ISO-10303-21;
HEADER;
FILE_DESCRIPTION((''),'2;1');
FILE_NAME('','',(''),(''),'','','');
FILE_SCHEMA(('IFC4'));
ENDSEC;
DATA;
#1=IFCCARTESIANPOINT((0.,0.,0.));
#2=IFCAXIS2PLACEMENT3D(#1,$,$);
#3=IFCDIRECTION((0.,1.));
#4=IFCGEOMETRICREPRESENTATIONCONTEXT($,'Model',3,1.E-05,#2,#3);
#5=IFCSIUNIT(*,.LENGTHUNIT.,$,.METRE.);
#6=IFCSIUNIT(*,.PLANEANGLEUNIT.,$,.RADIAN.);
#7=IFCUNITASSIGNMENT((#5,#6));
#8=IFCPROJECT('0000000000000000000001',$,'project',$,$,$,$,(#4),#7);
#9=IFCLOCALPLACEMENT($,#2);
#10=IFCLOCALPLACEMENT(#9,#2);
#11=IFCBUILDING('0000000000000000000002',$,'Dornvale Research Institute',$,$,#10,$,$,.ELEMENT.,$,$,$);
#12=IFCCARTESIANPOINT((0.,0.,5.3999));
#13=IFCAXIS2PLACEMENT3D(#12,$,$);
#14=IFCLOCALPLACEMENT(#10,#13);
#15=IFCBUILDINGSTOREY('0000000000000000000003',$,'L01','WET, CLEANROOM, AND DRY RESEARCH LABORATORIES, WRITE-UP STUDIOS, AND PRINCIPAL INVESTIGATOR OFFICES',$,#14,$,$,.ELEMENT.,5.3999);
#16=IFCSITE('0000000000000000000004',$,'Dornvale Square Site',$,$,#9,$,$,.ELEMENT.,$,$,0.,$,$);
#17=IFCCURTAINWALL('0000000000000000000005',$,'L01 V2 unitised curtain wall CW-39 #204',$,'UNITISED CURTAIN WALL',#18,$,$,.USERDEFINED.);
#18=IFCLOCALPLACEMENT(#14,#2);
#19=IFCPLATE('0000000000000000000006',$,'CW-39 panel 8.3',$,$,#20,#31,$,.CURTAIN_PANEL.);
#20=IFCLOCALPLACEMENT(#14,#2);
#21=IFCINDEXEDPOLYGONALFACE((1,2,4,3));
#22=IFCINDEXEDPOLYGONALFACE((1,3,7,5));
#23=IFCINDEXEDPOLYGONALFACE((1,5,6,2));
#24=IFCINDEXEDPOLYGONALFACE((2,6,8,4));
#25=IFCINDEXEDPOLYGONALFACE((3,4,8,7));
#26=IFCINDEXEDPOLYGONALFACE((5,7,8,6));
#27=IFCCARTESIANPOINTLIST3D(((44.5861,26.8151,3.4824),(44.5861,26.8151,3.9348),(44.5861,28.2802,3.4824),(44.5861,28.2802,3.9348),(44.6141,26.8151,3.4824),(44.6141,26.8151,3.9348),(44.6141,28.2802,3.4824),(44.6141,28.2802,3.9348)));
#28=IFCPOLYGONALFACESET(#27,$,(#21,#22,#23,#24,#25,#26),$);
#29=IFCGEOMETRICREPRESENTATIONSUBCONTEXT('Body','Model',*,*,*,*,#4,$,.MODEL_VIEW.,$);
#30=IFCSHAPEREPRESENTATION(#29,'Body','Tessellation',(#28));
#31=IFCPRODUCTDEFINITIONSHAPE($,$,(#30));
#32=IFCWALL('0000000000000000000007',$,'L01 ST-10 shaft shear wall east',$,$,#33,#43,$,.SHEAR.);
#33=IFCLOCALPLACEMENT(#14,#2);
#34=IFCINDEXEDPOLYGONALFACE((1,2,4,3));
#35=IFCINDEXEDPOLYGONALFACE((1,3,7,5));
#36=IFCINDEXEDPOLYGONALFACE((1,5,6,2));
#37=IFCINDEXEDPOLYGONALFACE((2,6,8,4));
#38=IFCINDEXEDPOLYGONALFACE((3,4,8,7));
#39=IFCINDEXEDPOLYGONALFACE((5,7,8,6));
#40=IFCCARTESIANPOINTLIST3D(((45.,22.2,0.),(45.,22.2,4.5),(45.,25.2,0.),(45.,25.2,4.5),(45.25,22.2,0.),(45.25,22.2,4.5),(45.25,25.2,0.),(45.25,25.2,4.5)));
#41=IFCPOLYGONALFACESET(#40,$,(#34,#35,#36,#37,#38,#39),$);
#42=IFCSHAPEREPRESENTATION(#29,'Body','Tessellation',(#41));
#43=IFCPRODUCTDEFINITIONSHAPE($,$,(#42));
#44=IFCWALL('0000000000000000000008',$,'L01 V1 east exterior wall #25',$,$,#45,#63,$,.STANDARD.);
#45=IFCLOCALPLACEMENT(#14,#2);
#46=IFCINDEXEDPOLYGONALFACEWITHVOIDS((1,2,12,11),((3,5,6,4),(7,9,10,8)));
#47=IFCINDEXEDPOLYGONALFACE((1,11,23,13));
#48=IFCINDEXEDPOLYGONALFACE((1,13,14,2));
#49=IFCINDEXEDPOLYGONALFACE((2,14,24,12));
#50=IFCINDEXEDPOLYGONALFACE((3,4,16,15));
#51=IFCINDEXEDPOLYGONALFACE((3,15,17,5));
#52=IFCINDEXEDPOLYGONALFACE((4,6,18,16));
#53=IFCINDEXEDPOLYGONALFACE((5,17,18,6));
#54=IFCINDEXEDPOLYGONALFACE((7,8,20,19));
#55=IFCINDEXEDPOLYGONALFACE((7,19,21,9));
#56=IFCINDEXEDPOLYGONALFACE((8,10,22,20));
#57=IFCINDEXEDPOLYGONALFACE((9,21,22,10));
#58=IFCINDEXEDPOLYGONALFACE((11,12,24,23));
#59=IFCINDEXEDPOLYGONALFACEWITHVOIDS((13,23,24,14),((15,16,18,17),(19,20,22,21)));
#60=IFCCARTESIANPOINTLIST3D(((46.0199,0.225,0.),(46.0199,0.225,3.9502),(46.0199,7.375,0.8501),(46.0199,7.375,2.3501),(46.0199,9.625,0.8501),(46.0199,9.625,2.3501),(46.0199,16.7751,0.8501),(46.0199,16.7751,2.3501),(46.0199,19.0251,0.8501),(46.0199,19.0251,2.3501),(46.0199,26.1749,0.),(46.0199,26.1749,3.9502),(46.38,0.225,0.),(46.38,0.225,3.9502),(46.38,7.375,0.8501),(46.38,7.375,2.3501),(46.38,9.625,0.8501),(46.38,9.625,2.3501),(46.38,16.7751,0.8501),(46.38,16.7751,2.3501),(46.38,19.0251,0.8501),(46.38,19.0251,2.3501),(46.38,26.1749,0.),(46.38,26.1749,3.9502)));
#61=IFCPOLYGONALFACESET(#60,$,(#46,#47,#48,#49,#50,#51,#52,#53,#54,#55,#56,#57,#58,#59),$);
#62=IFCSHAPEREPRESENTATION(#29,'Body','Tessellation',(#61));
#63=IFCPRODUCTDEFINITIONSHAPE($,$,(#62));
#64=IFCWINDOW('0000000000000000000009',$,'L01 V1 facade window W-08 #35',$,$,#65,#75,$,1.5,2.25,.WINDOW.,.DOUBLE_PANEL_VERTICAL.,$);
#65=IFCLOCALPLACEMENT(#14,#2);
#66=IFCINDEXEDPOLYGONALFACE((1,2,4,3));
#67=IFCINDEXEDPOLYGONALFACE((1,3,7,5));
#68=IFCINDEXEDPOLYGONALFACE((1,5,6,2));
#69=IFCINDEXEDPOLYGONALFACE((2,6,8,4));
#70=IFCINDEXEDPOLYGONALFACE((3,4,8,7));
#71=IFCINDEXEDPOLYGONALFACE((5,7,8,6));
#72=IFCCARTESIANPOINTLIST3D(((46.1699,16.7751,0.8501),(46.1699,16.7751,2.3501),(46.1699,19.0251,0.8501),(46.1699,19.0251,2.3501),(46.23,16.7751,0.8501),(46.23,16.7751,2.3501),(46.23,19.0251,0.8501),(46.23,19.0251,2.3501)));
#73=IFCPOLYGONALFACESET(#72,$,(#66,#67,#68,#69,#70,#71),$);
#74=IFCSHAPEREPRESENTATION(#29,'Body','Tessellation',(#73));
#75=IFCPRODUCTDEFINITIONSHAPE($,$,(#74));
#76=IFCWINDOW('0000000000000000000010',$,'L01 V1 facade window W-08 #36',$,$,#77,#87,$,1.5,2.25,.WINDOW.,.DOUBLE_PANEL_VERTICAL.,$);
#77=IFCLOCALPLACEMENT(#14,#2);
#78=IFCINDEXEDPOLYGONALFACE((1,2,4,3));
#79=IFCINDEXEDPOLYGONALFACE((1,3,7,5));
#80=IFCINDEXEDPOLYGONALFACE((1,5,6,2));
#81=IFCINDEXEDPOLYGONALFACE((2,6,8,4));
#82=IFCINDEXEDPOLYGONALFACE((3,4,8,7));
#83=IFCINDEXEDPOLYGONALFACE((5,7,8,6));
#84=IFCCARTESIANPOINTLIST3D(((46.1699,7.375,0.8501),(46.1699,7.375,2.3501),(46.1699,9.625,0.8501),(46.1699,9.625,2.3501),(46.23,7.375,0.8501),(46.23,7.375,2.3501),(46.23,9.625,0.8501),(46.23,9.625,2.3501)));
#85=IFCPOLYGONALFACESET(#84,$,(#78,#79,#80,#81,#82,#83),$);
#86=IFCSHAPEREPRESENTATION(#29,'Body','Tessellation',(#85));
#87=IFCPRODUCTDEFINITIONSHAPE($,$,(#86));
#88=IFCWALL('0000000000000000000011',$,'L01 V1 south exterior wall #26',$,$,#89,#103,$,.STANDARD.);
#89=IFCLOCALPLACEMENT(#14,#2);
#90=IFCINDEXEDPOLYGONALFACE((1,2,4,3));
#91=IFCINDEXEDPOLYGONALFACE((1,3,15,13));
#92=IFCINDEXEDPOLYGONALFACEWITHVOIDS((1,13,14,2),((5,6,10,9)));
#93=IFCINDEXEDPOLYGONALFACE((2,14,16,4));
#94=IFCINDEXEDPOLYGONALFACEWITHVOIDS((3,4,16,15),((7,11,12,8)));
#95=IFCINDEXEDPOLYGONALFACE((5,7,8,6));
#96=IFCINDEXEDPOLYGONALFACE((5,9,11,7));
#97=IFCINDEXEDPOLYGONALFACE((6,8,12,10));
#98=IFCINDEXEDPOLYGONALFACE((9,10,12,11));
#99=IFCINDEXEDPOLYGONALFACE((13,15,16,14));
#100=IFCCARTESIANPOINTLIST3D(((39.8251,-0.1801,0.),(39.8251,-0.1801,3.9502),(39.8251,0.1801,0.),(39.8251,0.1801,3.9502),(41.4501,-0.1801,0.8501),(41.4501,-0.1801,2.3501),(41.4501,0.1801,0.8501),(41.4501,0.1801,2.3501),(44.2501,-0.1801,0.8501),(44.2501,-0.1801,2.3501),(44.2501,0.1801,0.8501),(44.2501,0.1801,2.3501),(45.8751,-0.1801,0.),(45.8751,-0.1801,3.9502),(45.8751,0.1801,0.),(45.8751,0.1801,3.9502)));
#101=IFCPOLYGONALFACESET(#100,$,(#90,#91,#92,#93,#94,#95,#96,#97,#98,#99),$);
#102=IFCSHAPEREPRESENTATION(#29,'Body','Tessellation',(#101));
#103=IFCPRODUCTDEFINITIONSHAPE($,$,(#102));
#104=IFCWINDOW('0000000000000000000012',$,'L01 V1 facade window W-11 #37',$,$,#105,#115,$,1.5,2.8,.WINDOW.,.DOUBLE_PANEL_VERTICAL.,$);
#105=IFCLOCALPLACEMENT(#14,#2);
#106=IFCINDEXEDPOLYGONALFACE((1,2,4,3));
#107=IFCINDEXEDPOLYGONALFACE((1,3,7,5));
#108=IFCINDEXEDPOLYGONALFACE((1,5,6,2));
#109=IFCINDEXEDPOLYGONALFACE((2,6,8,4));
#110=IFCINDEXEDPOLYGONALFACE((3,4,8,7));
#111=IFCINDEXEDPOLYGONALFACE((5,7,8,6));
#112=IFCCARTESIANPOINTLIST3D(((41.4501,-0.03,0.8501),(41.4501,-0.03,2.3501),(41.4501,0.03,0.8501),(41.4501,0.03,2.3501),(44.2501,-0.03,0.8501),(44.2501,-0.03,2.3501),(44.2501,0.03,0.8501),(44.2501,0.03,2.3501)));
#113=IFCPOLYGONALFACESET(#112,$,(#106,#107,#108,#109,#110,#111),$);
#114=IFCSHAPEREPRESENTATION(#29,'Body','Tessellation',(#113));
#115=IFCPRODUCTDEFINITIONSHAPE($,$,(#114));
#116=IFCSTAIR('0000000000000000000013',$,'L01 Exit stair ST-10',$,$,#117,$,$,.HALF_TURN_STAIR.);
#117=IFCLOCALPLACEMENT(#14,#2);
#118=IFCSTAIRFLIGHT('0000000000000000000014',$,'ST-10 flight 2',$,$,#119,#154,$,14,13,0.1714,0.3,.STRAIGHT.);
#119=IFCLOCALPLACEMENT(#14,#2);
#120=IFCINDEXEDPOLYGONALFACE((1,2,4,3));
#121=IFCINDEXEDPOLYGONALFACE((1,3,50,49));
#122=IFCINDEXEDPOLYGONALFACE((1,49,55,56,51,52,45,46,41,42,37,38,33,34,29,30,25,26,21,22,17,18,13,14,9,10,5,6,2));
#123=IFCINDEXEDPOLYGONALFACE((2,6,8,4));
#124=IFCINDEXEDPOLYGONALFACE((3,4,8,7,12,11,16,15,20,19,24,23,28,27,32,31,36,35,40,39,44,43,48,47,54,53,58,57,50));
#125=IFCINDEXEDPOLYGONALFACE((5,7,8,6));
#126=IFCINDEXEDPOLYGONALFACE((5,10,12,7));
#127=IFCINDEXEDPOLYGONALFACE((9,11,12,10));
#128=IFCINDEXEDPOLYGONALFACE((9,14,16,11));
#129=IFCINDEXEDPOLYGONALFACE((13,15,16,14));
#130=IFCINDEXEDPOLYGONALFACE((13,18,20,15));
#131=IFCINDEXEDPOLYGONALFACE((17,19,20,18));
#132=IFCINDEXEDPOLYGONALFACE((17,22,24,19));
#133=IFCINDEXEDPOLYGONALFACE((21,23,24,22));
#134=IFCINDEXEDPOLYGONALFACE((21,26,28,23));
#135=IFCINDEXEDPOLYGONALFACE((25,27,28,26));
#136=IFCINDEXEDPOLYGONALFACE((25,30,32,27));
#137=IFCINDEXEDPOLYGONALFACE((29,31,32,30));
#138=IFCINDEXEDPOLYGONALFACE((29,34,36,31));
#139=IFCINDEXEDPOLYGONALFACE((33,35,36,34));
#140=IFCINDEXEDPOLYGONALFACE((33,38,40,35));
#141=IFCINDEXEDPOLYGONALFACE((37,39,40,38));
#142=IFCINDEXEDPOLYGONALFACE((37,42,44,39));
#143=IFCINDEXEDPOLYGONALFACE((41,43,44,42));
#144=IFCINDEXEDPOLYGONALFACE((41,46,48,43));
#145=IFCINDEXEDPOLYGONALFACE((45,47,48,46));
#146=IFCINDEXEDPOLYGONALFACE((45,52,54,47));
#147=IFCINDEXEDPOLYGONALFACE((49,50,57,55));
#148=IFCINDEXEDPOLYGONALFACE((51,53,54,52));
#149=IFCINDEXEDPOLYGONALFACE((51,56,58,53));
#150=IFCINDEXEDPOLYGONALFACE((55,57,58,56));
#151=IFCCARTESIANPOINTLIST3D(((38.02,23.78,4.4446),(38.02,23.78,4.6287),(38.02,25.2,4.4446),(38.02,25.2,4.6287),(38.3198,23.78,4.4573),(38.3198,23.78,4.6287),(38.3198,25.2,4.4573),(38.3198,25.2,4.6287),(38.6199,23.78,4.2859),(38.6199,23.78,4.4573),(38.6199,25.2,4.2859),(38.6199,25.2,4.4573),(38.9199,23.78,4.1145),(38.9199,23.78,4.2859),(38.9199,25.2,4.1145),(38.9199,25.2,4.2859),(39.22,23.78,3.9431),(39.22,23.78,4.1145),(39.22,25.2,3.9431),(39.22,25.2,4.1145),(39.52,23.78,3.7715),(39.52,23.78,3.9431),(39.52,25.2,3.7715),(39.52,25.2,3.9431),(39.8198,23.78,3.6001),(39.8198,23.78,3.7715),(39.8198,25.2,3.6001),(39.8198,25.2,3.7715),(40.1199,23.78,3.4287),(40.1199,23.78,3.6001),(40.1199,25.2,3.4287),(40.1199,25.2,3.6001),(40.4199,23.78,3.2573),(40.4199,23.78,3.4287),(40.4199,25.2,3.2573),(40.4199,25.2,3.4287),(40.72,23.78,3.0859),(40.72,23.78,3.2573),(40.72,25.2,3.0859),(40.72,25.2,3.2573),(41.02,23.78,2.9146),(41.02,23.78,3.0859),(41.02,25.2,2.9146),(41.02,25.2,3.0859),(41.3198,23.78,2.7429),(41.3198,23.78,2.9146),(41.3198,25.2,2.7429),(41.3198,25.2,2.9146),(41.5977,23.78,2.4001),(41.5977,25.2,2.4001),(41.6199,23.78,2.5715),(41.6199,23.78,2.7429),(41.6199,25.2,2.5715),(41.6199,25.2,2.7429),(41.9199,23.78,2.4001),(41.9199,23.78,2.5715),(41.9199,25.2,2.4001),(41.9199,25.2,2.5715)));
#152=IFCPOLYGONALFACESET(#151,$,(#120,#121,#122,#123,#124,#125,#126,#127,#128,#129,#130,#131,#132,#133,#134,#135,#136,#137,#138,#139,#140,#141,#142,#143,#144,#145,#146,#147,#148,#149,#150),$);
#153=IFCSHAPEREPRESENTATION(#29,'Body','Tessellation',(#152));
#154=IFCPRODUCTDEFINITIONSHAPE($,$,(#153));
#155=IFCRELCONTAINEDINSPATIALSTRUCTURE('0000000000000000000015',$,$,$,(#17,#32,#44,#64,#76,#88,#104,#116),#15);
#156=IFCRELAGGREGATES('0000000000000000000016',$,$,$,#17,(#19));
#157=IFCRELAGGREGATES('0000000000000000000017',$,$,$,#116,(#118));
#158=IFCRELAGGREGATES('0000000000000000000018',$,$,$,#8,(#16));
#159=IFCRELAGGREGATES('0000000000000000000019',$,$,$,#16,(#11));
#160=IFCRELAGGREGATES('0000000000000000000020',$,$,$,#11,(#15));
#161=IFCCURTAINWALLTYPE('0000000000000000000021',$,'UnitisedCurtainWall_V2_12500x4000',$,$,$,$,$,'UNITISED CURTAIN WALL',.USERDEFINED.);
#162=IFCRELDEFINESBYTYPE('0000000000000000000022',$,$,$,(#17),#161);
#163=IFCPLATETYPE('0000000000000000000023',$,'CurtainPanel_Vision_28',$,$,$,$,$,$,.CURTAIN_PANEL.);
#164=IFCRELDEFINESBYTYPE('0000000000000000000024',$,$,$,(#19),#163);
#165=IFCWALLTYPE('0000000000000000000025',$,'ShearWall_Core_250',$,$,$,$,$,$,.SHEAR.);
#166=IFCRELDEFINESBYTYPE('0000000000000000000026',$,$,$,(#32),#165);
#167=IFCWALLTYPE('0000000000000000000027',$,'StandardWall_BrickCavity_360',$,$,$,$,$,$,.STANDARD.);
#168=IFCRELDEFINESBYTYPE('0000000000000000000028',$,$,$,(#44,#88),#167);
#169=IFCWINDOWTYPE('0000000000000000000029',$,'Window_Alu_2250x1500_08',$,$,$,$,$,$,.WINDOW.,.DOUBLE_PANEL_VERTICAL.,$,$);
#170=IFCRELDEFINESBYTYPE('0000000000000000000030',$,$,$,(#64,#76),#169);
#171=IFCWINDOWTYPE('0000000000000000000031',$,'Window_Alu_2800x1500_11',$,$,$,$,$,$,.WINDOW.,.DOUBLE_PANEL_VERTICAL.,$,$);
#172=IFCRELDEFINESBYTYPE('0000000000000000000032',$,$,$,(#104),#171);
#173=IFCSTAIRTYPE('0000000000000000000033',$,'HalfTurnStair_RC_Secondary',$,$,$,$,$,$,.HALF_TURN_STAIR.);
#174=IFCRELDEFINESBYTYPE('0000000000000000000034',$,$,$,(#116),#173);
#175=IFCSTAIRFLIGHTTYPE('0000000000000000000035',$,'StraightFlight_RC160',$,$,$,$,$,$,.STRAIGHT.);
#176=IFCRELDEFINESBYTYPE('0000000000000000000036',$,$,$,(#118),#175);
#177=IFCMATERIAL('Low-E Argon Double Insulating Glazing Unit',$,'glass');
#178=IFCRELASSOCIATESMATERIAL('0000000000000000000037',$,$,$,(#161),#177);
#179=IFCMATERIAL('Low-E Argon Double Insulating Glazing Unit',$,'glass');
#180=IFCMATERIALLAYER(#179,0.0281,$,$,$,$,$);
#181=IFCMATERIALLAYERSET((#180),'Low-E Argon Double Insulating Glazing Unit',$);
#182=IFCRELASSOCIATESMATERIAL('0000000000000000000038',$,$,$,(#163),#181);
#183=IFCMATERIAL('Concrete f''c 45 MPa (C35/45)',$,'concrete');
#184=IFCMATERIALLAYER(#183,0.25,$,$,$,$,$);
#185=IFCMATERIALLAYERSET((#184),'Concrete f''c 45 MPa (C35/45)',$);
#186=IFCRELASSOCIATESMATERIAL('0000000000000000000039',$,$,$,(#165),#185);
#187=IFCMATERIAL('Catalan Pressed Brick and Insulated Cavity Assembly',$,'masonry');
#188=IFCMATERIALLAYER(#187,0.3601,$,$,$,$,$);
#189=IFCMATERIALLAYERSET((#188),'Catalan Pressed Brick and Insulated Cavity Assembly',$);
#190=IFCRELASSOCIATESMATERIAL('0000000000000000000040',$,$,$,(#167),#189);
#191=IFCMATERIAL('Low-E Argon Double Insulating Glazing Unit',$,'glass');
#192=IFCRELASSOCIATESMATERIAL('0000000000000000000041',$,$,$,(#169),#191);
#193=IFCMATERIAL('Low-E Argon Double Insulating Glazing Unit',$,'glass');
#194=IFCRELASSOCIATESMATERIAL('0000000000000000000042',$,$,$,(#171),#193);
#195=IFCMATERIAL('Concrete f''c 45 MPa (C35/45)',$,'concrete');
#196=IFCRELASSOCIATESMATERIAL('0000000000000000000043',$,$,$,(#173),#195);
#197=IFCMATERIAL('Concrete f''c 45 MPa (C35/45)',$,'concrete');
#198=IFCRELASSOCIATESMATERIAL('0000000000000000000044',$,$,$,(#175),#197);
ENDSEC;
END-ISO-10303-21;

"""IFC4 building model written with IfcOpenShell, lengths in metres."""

from ifc_helpers import new_model, si_unit, direction, frame, frame_2d, origin, origin_2d, place, context, subcontext, project, spatial, polyline, rectangle, outline, extrude, material, layer, layer_set, type_object, element, fill, aggregate, save


model = new_model("IFC4")

# Units and contexts
model_context = context("Model", 3, precision=1e-05, world=origin(), true_north=direction((0.0, 1.0)))
body_context = subcontext(model_context, "Body", "Model", "MODEL_VIEW")
ifc_project = project(units=[si_unit("LENGTHUNIT", "METRE"), si_unit("PLANEANGLEUNIT", "RADIAN")], contexts=[model_context])

# Site, building, storey
site_placement = place(None, origin())
site = spatial("IfcSite", under=ifc_project, at=site_placement, Name="Dornvale Square Site", CompositionType="ELEMENT", RefElevation=0.0)
building_placement = place(site_placement, origin())
building = spatial("IfcBuilding", under=site, at=building_placement, Name="Dornvale Research Institute", CompositionType="ELEMENT")
storey_placement = place(building_placement, frame((0.0, 0.0, 5.3999)))
storey = spatial("IfcBuildingStorey", under=building, at=storey_placement, Name="L01", Description="WET, CLEANROOM, AND DRY RESEARCH LABORATORIES, WRITE-UP STUDIOS, AND PRINCIPAL INVESTIGATOR OFFICES", CompositionType="ELEMENT", Elevation=5.3999)

# Curtain wall
ifc_material_1 = material(Name="Low-E Argon Double Insulating Glazing Unit", Category="glass")
curtain_wall_type = type_object("IfcCurtainWallType", Name="UnitisedCurtainWall_V2_12500x4000", ElementType="UNITISED CURTAIN WALL", PredefinedType="USERDEFINED", material=ifc_material_1)
curtain_wall_placement = place(storey_placement, origin())
curtain_wall = element("IfcCurtainWall", 1, at=curtain_wall_placement, inside=storey, type_object=curtain_wall_type, Name="L01 V2 unitised curtain wall CW-39 #204", ObjectType="UNITISED CURTAIN WALL", PredefinedType="USERDEFINED")

# Plate
ifc_material_2 = material(Name="Low-E Argon Double Insulating Glazing Unit", Category="glass")
ifc_layer_1 = layer(ifc_material_2, 0.0281)
ifc_layer_set_1 = layer_set([ifc_layer_1], Name="Low-E Argon Double Insulating Glazing Unit")
plate_type_1 = type_object("IfcPlateType", Name="CurtainPanel_Vision_28", PredefinedType="CURTAIN_PANEL", material=ifc_layer_set_1)
plate_1_placement = place(storey_placement, frame((44.6001, 27.5476, 3.4824), z_axis=(0.0, 0.0, 1.0), x_axis=(0.0, -1.0, 0.0)))
plate_1 = element("IfcPlate", 2, at=plate_1_placement, type_object=plate_type_1, Name="CW-39 panel 8.3", PredefinedType="CURTAIN_PANEL", context=body_context, shape_type="SweptSolid", body=[
    extrude(rectangle(XDim=1.4651, YDim=0.0281, at=origin_2d()), origin(), (0.0, 0.0, 1.0), 0.4524),
])
aggregate(curtain_wall, [plate_1])

# Wall
ifc_material_3 = material(Name="Concrete f'c 45 MPa (C35/45)", Category="concrete")
ifc_layer_2 = layer(ifc_material_3, 0.25)
ifc_layer_set_2 = layer_set([ifc_layer_2], Name="Concrete f'c 45 MPa (C35/45)")
wall_type_1 = type_object("IfcWallType", Name="ShearWall_Core_250", PredefinedType="SHEAR", material=ifc_layer_set_2)
wall_1_placement = place(storey_placement, frame((45.125, 22.2, 0.0), z_axis=(0.0, 0.0, 1.0), x_axis=(0.0, 1.0, 0.0)))
element("IfcWall", 3, at=wall_1_placement, inside=storey, type_object=wall_type_1, Name="L01 ST-10 shaft shear wall east", PredefinedType="SHEAR", context=body_context, shape_type="SweptSolid", body=[
    extrude(rectangle(XDim=3.0, YDim=0.25, at=frame_2d((1.5, 0.0))), origin(), (0.0, 0.0, 1.0), 4.5),
])

# Wall, openings, windows
ifc_material_4 = material(Name="Catalan Pressed Brick and Insulated Cavity Assembly", Category="masonry")
ifc_layer_3 = layer(ifc_material_4, 0.3601)
ifc_layer_set_3 = layer_set([ifc_layer_3], Name="Catalan Pressed Brick and Insulated Cavity Assembly")
wall_type_2 = type_object("IfcWallType", Name="StandardWall_BrickCavity_360", PredefinedType="STANDARD", material=ifc_layer_set_3)
wall_2_placement = place(storey_placement, frame((46.2, 26.175, 0.0), z_axis=(0.0, 0.0, 1.0), x_axis=(0.0, -1.0, 0.0)))
wall_2 = element("IfcWall", 4, at=wall_2_placement, inside=storey, type_object=wall_type_2, Name="L01 V1 east exterior wall #25", PredefinedType="STANDARD", context=body_context, shape_type="SweptSolid", body=[
    extrude(rectangle(XDim=25.95, YDim=0.3601, at=frame_2d((12.9751, 0.0))), origin(), (0.0, 0.0, 1.0), 3.9502),
])
opening_1_placement = place(wall_2_placement, frame((7.1499, 0.0, 0.8501)))
opening_1 = element("IfcOpeningElement", 5, at=opening_1_placement, cuts=wall_2, PredefinedType="OPENING", context=body_context, shape_type="SweptSolid", body=[
    extrude(rectangle(XDim=2.25, YDim=1.5, at=frame_2d((1.125, 0.75))), frame((0.0, 0.1951, 0.0), z_axis=(0.0, -1.0, 0.0), x_axis=(1.0, 0.0, 0.0)), (0.0, 0.0, 1.0), 0.3901),
])
opening_2_placement = place(wall_2_placement, frame((16.55, 0.0, 0.8501)))
opening_2 = element("IfcOpeningElement", 6, at=opening_2_placement, cuts=wall_2, PredefinedType="OPENING", context=body_context, shape_type="SweptSolid", body=[
    extrude(rectangle(XDim=2.25, YDim=1.5, at=frame_2d((1.125, 0.75))), frame((0.0, 0.1951, 0.0), z_axis=(0.0, -1.0, 0.0), x_axis=(1.0, 0.0, 0.0)), (0.0, 0.0, 1.0), 0.3901),
])
ifc_material_5 = material(Name="Low-E Argon Double Insulating Glazing Unit", Category="glass")
window_type_1 = type_object("IfcWindowType", Name="Window_Alu_2250x1500_08", PartitioningType="DOUBLE_PANEL_VERTICAL", PredefinedType="WINDOW", material=ifc_material_5)
window_1_placement = place(opening_1_placement, origin())
window_1 = element("IfcWindow", 7, at=window_1_placement, inside=storey, type_object=window_type_1, Name="L01 V1 facade window W-08 #35", OverallHeight=1.5, OverallWidth=2.25, PartitioningType="DOUBLE_PANEL_VERTICAL", PredefinedType="WINDOW", context=body_context, shape_type="SweptSolid", body=[
    extrude(rectangle(XDim=2.25, YDim=1.5, at=frame_2d((1.125, 0.75))), frame((0.0, 0.03, 0.0), z_axis=(0.0, -1.0, 0.0), x_axis=(1.0, 0.0, 0.0)), (0.0, 0.0, 1.0), 0.0601),
])
fill(opening_1, window_1)
window_2_placement = place(opening_2_placement, origin())
window_2 = element("IfcWindow", 8, at=window_2_placement, inside=storey, type_object=window_type_1, Name="L01 V1 facade window W-08 #36", OverallHeight=1.5, OverallWidth=2.25, PartitioningType="DOUBLE_PANEL_VERTICAL", PredefinedType="WINDOW", context=body_context, shape_type="SweptSolid", body=[
    extrude(rectangle(XDim=2.25, YDim=1.5, at=frame_2d((1.125, 0.75))), frame((0.0, 0.03, 0.0), z_axis=(0.0, -1.0, 0.0), x_axis=(1.0, 0.0, 0.0)), (0.0, 0.0, 1.0), 0.0601),
])
fill(opening_2, window_2)

# Wall, opening, window
wall_3_placement = place(storey_placement, frame((45.875, 0.0, 0.0), z_axis=(0.0, 0.0, 1.0), x_axis=(-1.0, 0.0, 0.0)))
wall_3 = element("IfcWall", 9, at=wall_3_placement, inside=storey, type_object=wall_type_2, Name="L01 V1 south exterior wall #26", PredefinedType="STANDARD", context=body_context, shape_type="SweptSolid", body=[
    extrude(rectangle(XDim=6.05, YDim=0.3601, at=frame_2d((3.0249, 0.0))), origin(), (0.0, 0.0, 1.0), 3.9502),
])
opening_3_placement = place(wall_3_placement, frame((1.625, 0.0, 0.8501)))
opening_3 = element("IfcOpeningElement", 10, at=opening_3_placement, cuts=wall_3, PredefinedType="OPENING", context=body_context, shape_type="SweptSolid", body=[
    extrude(rectangle(XDim=2.8, YDim=1.5, at=frame_2d((1.3999, 0.75))), frame((0.0, 0.1951, 0.0), z_axis=(0.0, -1.0, 0.0), x_axis=(1.0, 0.0, 0.0)), (0.0, 0.0, 1.0), 0.3901),
])
ifc_material_6 = material(Name="Low-E Argon Double Insulating Glazing Unit", Category="glass")
window_type_2 = type_object("IfcWindowType", Name="Window_Alu_2800x1500_11", PartitioningType="DOUBLE_PANEL_VERTICAL", PredefinedType="WINDOW", material=ifc_material_6)
window_3_placement = place(opening_3_placement, origin())
window_3 = element("IfcWindow", 11, at=window_3_placement, inside=storey, type_object=window_type_2, Name="L01 V1 facade window W-11 #37", OverallHeight=1.5, OverallWidth=2.8, PartitioningType="DOUBLE_PANEL_VERTICAL", PredefinedType="WINDOW", context=body_context, shape_type="SweptSolid", body=[
    extrude(rectangle(XDim=2.8, YDim=1.5, at=frame_2d((1.3999, 0.75))), frame((0.0, 0.03, 0.0), z_axis=(0.0, -1.0, 0.0), x_axis=(1.0, 0.0, 0.0)), (0.0, 0.0, 1.0), 0.0601),
])
fill(opening_3, window_3)

# Stair, stair flight
ifc_material_7 = material(Name="Concrete f'c 45 MPa (C35/45)", Category="concrete")
stair_type = type_object("IfcStairType", Name="HalfTurnStair_RC_Secondary", PredefinedType="HALF_TURN_STAIR", material=ifc_material_7)
stair_placement = place(storey_placement, origin())
stair = element("IfcStair", 12, at=stair_placement, inside=storey, type_object=stair_type, Name="L01 Exit stair ST-10", PredefinedType="HALF_TURN_STAIR")
ifc_material_8 = material(Name="Concrete f'c 45 MPa (C35/45)", Category="concrete")
stair_flight_type = type_object("IfcStairFlightType", Name="StraightFlight_RC160", PredefinedType="STRAIGHT", material=ifc_material_8)
stair_flight_placement = place(storey_placement, frame((41.9199, 24.49, 2.4001), z_axis=(0.0, 0.0, 1.0), x_axis=(-1.0, 0.0, 0.0)))
stair_flight = element("IfcStairFlight", 13, at=stair_flight_placement, type_object=stair_flight_type, Name="ST-10 flight 2", NumberOfRisers=14, NumberOfTreads=13, PredefinedType="STRAIGHT", RiserHeight=0.1714, TreadLength=0.3, context=body_context, shape_type="SweptSolid", body=[
    extrude(outline(polyline([(0.0, 0.0), (0.0, 0.1714), (0.3, 0.1714), (0.3, 0.3428), (0.6001, 0.3428), (0.6001, 0.5144), (0.8999, 0.5144), (0.8999, 0.6858), (1.2, 0.6858), (1.2, 0.8572), (1.5, 0.8572), (1.5, 1.0286), (1.8, 1.0286), (1.8, 1.2), (2.1001, 1.2), (2.1001, 1.3713), (2.3999, 1.3713), (2.3999, 1.543), (2.7, 1.543), (2.7, 1.7144), (3.0, 1.7144), (3.0, 1.8857), (3.3, 1.8857), (3.3, 2.0571), (3.6001, 2.0571), (3.6001, 2.2285), (3.8999, 2.2285), (3.8999, 2.3999), (3.8999, 2.0444), (0.3223, 0.0), (0.0, 0.0)])), frame((0.0, 0.71, 0.0), z_axis=(0.0, -1.0, 0.0), x_axis=(1.0, 0.0, 0.0)), (0.0, 0.0, 1.0), 1.4199),
])
aggregate(stair, [stair_flight])

save(model, "model.ifc")
